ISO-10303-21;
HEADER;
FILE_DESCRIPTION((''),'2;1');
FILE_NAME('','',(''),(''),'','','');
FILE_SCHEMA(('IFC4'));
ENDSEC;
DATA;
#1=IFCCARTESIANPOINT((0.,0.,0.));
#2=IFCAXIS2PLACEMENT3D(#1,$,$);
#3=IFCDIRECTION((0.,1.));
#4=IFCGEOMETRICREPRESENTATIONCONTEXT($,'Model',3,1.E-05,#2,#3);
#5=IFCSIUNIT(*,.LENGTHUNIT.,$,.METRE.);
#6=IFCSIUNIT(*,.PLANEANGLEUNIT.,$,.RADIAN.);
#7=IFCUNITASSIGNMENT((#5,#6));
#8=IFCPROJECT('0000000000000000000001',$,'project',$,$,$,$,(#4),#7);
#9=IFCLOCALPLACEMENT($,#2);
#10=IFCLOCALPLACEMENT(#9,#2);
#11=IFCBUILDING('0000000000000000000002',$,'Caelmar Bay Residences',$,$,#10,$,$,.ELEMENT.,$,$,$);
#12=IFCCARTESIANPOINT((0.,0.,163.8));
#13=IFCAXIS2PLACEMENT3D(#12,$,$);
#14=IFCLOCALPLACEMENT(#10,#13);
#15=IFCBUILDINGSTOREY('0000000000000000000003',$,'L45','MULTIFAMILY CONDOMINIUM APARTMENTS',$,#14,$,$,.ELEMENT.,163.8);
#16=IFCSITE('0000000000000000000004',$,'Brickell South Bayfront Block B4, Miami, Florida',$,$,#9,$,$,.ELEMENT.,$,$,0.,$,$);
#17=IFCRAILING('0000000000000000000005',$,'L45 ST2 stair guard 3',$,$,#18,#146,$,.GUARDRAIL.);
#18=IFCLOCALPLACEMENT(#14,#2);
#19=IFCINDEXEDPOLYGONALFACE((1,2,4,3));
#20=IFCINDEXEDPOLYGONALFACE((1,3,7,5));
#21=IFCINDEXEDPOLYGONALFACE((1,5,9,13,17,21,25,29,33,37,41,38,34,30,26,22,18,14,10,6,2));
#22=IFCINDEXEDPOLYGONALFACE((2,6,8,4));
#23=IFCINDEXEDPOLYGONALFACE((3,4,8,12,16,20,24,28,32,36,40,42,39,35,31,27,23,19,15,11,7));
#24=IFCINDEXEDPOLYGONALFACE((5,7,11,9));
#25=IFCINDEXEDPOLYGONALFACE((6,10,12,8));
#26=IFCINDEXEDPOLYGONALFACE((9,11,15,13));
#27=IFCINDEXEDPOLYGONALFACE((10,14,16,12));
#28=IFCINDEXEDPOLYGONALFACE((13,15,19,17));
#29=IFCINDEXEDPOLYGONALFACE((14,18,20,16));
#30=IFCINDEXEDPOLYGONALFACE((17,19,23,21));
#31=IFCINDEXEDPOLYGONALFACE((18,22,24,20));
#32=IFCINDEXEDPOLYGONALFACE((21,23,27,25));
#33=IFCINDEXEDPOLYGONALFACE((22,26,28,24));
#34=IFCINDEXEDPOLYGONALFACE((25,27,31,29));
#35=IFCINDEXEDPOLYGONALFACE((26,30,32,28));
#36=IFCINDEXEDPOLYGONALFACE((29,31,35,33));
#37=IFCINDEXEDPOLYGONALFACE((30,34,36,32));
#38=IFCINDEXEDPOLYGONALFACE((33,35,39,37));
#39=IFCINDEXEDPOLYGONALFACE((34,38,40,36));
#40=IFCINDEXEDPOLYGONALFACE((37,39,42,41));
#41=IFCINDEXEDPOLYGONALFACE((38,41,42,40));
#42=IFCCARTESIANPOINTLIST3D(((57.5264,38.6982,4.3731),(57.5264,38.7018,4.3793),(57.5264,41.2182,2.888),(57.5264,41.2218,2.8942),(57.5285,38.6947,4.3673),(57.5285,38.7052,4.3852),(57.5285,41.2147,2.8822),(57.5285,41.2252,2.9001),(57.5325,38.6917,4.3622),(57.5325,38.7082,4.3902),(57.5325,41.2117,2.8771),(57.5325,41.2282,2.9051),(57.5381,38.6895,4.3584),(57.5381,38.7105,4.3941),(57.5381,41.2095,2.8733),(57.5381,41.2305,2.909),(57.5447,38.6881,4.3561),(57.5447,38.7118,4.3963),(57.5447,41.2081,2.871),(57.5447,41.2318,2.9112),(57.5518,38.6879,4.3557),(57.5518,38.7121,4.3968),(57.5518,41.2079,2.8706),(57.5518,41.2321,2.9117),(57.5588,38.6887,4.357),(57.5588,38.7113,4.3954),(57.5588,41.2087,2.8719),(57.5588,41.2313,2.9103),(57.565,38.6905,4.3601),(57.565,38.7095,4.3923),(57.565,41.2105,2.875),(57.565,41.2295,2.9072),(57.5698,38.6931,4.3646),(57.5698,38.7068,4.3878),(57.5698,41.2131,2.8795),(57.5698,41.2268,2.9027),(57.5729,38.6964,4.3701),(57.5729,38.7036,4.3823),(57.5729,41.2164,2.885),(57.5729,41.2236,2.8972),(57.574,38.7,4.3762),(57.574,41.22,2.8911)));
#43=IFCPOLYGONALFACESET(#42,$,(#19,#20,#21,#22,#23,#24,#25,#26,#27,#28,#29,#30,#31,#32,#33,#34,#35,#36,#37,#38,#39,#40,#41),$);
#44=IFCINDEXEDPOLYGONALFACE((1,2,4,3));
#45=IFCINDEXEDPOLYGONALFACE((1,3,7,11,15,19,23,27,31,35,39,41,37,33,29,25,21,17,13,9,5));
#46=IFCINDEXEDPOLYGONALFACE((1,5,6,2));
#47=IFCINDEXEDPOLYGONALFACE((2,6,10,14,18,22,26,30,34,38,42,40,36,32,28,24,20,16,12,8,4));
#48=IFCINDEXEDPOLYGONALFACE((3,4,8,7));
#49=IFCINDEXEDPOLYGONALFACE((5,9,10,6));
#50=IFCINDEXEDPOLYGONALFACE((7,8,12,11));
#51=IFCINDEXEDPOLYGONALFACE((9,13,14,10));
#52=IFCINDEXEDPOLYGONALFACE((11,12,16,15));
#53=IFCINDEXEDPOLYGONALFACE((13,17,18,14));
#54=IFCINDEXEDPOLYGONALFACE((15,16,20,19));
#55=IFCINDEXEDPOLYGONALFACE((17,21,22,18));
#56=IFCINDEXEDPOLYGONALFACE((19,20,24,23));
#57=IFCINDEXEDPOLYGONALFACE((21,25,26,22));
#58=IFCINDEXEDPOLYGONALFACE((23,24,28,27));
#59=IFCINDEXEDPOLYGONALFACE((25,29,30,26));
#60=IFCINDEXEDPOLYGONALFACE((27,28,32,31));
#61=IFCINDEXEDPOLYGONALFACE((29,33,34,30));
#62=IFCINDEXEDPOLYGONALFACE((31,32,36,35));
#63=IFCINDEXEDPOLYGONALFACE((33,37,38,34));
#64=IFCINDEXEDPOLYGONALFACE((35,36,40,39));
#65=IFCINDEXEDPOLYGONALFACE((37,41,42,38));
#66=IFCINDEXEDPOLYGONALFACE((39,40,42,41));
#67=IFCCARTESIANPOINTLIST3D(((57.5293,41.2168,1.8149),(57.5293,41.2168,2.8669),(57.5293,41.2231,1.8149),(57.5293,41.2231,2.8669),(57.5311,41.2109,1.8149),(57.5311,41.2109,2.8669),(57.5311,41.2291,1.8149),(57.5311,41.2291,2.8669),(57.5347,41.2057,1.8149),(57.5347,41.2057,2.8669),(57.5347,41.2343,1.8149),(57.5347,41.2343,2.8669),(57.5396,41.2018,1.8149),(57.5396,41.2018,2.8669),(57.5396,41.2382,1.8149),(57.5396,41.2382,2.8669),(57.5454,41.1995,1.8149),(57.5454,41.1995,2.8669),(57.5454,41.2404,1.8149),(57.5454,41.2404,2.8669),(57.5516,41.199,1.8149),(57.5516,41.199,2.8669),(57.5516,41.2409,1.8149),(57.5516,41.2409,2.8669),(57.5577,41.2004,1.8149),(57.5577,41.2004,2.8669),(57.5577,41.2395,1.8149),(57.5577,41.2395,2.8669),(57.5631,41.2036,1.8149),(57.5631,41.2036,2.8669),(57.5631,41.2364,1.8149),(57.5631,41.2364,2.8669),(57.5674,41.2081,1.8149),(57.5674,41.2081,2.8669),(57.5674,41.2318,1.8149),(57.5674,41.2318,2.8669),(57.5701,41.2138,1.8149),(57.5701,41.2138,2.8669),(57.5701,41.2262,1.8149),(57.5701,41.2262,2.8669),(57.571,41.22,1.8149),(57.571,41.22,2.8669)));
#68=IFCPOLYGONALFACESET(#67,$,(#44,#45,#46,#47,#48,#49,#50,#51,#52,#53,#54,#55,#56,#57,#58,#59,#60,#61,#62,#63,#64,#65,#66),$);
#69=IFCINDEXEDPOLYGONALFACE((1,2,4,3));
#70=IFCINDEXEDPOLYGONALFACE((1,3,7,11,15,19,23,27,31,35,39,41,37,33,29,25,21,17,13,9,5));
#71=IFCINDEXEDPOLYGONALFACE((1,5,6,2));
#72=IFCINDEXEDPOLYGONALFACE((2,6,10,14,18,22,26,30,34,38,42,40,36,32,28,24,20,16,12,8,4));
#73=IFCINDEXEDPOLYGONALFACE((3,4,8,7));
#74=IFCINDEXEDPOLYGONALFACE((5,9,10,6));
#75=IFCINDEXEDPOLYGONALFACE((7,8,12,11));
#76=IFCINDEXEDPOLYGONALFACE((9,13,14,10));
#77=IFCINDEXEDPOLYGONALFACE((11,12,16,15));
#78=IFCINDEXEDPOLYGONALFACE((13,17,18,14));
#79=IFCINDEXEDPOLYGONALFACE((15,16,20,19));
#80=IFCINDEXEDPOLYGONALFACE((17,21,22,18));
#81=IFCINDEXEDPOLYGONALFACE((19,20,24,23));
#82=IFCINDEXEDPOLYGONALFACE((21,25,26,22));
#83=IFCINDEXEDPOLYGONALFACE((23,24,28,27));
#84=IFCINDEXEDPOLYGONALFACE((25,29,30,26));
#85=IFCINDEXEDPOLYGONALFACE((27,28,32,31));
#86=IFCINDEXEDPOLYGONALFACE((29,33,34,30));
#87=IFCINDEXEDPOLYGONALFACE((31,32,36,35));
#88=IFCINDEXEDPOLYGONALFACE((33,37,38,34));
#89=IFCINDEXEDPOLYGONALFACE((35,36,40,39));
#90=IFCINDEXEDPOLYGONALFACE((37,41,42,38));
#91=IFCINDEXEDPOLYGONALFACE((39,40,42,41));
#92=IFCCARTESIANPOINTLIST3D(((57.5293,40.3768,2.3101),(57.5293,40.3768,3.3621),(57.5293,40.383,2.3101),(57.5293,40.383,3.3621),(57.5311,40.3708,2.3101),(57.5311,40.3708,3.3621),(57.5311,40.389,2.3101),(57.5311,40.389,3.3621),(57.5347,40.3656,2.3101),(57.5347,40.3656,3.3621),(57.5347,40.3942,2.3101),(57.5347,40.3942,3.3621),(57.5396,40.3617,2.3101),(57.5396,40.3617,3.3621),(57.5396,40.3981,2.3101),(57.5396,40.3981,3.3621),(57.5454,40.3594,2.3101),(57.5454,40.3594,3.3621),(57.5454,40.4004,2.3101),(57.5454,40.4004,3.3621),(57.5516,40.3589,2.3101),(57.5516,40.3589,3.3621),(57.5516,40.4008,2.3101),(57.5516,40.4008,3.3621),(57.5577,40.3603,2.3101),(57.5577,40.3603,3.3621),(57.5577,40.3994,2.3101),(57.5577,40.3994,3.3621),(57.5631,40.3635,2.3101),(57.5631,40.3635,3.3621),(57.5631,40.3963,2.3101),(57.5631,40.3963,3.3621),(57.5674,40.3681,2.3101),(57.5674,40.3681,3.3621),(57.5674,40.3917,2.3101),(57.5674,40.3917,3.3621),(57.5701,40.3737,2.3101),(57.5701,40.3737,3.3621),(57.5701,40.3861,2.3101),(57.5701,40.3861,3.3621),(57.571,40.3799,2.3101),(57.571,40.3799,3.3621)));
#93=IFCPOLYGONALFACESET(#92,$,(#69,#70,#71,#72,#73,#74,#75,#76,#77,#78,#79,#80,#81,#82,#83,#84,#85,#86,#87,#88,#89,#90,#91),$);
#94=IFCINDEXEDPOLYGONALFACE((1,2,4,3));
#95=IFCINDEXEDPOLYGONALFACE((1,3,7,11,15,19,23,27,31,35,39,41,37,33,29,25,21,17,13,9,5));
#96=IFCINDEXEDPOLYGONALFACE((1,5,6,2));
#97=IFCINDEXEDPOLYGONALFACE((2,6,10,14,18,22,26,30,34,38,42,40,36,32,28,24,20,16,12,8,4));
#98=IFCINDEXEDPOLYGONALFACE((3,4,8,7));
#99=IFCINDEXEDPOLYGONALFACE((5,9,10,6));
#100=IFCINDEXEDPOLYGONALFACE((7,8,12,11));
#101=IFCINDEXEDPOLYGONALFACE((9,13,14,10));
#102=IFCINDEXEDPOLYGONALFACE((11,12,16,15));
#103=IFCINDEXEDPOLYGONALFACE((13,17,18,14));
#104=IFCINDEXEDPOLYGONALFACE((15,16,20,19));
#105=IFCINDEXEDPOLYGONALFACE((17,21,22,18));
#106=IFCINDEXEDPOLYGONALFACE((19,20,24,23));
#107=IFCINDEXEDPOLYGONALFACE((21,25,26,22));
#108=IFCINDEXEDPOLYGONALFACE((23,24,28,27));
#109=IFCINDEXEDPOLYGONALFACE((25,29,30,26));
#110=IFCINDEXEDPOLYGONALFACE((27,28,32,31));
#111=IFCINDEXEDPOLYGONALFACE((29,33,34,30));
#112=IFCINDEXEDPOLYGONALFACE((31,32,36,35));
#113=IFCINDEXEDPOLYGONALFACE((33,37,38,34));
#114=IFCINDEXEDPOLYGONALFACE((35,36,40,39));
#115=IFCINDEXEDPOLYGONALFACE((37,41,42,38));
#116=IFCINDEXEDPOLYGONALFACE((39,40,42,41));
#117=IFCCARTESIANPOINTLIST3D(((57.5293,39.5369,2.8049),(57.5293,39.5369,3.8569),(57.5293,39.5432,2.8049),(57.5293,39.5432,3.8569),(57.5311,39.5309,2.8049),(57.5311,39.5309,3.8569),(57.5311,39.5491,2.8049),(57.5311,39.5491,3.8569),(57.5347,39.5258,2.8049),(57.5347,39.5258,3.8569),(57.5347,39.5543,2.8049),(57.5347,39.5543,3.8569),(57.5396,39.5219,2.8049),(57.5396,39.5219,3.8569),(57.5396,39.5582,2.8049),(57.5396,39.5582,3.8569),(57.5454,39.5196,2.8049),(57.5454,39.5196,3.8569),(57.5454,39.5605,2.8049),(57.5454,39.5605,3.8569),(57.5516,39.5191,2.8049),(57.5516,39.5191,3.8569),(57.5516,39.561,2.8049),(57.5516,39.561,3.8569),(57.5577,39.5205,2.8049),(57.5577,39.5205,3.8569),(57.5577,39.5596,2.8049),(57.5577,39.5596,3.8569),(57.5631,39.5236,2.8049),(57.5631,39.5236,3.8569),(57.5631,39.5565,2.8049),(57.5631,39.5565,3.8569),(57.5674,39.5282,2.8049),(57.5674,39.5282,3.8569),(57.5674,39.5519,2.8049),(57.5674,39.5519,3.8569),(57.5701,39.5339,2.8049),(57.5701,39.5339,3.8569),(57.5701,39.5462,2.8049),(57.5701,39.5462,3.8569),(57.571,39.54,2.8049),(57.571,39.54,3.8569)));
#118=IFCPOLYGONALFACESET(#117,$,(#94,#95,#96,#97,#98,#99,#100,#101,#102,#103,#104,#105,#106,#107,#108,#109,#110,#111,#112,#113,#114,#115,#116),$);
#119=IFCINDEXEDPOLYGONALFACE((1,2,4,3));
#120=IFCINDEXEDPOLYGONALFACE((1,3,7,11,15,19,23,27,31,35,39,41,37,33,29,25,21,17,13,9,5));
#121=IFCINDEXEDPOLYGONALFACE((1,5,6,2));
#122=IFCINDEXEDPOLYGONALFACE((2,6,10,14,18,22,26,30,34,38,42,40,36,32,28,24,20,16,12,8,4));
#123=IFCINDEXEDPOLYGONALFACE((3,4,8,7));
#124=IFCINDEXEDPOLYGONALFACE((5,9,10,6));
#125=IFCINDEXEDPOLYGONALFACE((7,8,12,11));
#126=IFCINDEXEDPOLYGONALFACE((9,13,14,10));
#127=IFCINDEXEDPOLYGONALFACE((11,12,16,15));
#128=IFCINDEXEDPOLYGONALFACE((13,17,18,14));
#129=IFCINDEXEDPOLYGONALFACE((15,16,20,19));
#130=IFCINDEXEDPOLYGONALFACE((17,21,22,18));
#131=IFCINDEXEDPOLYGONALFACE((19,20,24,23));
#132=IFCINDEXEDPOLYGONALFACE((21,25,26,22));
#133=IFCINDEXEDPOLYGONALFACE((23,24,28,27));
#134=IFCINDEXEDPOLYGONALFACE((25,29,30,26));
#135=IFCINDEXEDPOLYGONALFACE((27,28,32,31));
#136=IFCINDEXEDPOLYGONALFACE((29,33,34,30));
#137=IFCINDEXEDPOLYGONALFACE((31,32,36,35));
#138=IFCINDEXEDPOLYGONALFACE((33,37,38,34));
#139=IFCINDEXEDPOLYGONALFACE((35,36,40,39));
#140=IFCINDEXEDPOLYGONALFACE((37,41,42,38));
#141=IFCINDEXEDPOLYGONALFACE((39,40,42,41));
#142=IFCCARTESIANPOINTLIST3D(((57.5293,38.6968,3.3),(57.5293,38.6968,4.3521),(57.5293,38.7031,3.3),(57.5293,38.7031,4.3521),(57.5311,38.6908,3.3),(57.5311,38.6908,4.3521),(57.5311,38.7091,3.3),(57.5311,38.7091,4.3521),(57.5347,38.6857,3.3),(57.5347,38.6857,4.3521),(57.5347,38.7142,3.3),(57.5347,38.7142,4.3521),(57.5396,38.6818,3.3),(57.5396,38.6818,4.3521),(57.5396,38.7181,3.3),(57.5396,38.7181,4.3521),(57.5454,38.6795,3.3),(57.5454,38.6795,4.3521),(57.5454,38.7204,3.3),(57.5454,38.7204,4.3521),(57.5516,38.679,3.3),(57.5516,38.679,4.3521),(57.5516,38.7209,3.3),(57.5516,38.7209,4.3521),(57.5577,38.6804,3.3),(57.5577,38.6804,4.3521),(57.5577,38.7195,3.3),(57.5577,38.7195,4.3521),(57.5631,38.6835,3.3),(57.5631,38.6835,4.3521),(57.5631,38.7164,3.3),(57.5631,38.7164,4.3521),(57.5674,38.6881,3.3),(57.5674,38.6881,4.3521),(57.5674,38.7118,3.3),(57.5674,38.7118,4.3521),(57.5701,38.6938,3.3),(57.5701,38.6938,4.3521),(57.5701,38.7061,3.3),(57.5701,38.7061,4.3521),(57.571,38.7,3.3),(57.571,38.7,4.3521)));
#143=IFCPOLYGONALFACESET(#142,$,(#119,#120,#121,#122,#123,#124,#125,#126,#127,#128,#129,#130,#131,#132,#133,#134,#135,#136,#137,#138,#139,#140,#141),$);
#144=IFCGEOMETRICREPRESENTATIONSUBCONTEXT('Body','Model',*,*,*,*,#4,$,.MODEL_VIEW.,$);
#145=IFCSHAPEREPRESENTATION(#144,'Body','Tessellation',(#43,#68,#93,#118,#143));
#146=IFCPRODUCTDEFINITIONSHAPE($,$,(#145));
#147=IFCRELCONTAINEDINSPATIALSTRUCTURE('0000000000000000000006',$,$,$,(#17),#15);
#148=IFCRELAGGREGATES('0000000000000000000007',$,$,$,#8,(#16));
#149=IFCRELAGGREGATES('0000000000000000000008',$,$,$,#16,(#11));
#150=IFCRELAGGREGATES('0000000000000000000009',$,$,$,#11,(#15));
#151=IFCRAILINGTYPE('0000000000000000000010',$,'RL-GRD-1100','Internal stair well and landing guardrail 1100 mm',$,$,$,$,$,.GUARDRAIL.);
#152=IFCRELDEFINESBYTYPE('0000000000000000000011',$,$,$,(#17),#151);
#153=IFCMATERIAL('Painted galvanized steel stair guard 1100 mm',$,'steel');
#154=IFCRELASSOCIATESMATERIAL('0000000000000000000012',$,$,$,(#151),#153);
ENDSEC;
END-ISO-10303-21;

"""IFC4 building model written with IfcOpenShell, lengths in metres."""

from ifc_helpers import new_model, si_unit, direction, frame, origin, origin_2d, place, context, subcontext, project, spatial, circle, extrude, material, type_object, element, save


model = new_model("IFC4")

# Units and contexts
model_context = context("Model", 3, precision=1e-05, world=origin(), true_north=direction((0.0, 1.0)))
body_context = subcontext(model_context, "Body", "Model", "MODEL_VIEW")
ifc_project = project(units=[si_unit("LENGTHUNIT", "METRE"), si_unit("PLANEANGLEUNIT", "RADIAN")], contexts=[model_context])

# Site, building, storey
site_placement = place(None, origin())
site = spatial("IfcSite", under=ifc_project, at=site_placement, Name="Brickell South Bayfront Block B4, Miami, Florida", CompositionType="ELEMENT", RefElevation=0.0)
building_placement = place(site_placement, origin())
building = spatial("IfcBuilding", under=site, at=building_placement, Name="Caelmar Bay Residences", CompositionType="ELEMENT")
storey_placement = place(building_placement, frame((0.0, 0.0, 163.8)))
storey = spatial("IfcBuildingStorey", under=building, at=storey_placement, Name="L45", Description="MULTIFAMILY CONDOMINIUM APARTMENTS", CompositionType="ELEMENT", Elevation=163.8)

# Railing
ifc_material_1 = material(Name="Painted galvanized steel stair guard 1100 mm", Category="steel")
railing_type_1 = type_object("IfcRailingType", Name="RL-GRD-1100", Description="Internal stair well and landing guardrail 1100 mm", PredefinedType="GUARDRAIL", material=ifc_material_1)
railing_1_placement = place(storey_placement, frame((57.55, 41.22, 1.8149)))
element("IfcRailing", 1, at=railing_1_placement, inside=storey, type_object=railing_type_1, Name="L45 ST2 stair guard 3", PredefinedType="GUARDRAIL", context=body_context, shape_type="SweptSolid", body=[
    extrude(circle(Radius=0.0239, at=origin_2d()), frame((0.0, 0.0, 1.0762), z_axis=(0.0, -0.861524, 0.507717), x_axis=(1.0, 0.0, 0.0)), (0.0, 0.0, 1.0), 2.925),
    extrude(circle(Radius=0.021, at=origin_2d()), origin(), (0.0, 0.0, 1.0), 1.052),
    extrude(circle(Radius=0.021, at=origin_2d()), frame((0.0, -0.8401, 0.4951)), (0.0, 0.0, 1.0), 1.052),
    extrude(circle(Radius=0.021, at=origin_2d()), frame((0.0, -1.6799, 0.99)), (0.0, 0.0, 1.0), 1.052),
    extrude(circle(Radius=0.021, at=origin_2d()), frame((0.0, -2.52, 1.4851)), (0.0, 0.0, 1.0), 1.052),
])

save(model, "model.ifc")
